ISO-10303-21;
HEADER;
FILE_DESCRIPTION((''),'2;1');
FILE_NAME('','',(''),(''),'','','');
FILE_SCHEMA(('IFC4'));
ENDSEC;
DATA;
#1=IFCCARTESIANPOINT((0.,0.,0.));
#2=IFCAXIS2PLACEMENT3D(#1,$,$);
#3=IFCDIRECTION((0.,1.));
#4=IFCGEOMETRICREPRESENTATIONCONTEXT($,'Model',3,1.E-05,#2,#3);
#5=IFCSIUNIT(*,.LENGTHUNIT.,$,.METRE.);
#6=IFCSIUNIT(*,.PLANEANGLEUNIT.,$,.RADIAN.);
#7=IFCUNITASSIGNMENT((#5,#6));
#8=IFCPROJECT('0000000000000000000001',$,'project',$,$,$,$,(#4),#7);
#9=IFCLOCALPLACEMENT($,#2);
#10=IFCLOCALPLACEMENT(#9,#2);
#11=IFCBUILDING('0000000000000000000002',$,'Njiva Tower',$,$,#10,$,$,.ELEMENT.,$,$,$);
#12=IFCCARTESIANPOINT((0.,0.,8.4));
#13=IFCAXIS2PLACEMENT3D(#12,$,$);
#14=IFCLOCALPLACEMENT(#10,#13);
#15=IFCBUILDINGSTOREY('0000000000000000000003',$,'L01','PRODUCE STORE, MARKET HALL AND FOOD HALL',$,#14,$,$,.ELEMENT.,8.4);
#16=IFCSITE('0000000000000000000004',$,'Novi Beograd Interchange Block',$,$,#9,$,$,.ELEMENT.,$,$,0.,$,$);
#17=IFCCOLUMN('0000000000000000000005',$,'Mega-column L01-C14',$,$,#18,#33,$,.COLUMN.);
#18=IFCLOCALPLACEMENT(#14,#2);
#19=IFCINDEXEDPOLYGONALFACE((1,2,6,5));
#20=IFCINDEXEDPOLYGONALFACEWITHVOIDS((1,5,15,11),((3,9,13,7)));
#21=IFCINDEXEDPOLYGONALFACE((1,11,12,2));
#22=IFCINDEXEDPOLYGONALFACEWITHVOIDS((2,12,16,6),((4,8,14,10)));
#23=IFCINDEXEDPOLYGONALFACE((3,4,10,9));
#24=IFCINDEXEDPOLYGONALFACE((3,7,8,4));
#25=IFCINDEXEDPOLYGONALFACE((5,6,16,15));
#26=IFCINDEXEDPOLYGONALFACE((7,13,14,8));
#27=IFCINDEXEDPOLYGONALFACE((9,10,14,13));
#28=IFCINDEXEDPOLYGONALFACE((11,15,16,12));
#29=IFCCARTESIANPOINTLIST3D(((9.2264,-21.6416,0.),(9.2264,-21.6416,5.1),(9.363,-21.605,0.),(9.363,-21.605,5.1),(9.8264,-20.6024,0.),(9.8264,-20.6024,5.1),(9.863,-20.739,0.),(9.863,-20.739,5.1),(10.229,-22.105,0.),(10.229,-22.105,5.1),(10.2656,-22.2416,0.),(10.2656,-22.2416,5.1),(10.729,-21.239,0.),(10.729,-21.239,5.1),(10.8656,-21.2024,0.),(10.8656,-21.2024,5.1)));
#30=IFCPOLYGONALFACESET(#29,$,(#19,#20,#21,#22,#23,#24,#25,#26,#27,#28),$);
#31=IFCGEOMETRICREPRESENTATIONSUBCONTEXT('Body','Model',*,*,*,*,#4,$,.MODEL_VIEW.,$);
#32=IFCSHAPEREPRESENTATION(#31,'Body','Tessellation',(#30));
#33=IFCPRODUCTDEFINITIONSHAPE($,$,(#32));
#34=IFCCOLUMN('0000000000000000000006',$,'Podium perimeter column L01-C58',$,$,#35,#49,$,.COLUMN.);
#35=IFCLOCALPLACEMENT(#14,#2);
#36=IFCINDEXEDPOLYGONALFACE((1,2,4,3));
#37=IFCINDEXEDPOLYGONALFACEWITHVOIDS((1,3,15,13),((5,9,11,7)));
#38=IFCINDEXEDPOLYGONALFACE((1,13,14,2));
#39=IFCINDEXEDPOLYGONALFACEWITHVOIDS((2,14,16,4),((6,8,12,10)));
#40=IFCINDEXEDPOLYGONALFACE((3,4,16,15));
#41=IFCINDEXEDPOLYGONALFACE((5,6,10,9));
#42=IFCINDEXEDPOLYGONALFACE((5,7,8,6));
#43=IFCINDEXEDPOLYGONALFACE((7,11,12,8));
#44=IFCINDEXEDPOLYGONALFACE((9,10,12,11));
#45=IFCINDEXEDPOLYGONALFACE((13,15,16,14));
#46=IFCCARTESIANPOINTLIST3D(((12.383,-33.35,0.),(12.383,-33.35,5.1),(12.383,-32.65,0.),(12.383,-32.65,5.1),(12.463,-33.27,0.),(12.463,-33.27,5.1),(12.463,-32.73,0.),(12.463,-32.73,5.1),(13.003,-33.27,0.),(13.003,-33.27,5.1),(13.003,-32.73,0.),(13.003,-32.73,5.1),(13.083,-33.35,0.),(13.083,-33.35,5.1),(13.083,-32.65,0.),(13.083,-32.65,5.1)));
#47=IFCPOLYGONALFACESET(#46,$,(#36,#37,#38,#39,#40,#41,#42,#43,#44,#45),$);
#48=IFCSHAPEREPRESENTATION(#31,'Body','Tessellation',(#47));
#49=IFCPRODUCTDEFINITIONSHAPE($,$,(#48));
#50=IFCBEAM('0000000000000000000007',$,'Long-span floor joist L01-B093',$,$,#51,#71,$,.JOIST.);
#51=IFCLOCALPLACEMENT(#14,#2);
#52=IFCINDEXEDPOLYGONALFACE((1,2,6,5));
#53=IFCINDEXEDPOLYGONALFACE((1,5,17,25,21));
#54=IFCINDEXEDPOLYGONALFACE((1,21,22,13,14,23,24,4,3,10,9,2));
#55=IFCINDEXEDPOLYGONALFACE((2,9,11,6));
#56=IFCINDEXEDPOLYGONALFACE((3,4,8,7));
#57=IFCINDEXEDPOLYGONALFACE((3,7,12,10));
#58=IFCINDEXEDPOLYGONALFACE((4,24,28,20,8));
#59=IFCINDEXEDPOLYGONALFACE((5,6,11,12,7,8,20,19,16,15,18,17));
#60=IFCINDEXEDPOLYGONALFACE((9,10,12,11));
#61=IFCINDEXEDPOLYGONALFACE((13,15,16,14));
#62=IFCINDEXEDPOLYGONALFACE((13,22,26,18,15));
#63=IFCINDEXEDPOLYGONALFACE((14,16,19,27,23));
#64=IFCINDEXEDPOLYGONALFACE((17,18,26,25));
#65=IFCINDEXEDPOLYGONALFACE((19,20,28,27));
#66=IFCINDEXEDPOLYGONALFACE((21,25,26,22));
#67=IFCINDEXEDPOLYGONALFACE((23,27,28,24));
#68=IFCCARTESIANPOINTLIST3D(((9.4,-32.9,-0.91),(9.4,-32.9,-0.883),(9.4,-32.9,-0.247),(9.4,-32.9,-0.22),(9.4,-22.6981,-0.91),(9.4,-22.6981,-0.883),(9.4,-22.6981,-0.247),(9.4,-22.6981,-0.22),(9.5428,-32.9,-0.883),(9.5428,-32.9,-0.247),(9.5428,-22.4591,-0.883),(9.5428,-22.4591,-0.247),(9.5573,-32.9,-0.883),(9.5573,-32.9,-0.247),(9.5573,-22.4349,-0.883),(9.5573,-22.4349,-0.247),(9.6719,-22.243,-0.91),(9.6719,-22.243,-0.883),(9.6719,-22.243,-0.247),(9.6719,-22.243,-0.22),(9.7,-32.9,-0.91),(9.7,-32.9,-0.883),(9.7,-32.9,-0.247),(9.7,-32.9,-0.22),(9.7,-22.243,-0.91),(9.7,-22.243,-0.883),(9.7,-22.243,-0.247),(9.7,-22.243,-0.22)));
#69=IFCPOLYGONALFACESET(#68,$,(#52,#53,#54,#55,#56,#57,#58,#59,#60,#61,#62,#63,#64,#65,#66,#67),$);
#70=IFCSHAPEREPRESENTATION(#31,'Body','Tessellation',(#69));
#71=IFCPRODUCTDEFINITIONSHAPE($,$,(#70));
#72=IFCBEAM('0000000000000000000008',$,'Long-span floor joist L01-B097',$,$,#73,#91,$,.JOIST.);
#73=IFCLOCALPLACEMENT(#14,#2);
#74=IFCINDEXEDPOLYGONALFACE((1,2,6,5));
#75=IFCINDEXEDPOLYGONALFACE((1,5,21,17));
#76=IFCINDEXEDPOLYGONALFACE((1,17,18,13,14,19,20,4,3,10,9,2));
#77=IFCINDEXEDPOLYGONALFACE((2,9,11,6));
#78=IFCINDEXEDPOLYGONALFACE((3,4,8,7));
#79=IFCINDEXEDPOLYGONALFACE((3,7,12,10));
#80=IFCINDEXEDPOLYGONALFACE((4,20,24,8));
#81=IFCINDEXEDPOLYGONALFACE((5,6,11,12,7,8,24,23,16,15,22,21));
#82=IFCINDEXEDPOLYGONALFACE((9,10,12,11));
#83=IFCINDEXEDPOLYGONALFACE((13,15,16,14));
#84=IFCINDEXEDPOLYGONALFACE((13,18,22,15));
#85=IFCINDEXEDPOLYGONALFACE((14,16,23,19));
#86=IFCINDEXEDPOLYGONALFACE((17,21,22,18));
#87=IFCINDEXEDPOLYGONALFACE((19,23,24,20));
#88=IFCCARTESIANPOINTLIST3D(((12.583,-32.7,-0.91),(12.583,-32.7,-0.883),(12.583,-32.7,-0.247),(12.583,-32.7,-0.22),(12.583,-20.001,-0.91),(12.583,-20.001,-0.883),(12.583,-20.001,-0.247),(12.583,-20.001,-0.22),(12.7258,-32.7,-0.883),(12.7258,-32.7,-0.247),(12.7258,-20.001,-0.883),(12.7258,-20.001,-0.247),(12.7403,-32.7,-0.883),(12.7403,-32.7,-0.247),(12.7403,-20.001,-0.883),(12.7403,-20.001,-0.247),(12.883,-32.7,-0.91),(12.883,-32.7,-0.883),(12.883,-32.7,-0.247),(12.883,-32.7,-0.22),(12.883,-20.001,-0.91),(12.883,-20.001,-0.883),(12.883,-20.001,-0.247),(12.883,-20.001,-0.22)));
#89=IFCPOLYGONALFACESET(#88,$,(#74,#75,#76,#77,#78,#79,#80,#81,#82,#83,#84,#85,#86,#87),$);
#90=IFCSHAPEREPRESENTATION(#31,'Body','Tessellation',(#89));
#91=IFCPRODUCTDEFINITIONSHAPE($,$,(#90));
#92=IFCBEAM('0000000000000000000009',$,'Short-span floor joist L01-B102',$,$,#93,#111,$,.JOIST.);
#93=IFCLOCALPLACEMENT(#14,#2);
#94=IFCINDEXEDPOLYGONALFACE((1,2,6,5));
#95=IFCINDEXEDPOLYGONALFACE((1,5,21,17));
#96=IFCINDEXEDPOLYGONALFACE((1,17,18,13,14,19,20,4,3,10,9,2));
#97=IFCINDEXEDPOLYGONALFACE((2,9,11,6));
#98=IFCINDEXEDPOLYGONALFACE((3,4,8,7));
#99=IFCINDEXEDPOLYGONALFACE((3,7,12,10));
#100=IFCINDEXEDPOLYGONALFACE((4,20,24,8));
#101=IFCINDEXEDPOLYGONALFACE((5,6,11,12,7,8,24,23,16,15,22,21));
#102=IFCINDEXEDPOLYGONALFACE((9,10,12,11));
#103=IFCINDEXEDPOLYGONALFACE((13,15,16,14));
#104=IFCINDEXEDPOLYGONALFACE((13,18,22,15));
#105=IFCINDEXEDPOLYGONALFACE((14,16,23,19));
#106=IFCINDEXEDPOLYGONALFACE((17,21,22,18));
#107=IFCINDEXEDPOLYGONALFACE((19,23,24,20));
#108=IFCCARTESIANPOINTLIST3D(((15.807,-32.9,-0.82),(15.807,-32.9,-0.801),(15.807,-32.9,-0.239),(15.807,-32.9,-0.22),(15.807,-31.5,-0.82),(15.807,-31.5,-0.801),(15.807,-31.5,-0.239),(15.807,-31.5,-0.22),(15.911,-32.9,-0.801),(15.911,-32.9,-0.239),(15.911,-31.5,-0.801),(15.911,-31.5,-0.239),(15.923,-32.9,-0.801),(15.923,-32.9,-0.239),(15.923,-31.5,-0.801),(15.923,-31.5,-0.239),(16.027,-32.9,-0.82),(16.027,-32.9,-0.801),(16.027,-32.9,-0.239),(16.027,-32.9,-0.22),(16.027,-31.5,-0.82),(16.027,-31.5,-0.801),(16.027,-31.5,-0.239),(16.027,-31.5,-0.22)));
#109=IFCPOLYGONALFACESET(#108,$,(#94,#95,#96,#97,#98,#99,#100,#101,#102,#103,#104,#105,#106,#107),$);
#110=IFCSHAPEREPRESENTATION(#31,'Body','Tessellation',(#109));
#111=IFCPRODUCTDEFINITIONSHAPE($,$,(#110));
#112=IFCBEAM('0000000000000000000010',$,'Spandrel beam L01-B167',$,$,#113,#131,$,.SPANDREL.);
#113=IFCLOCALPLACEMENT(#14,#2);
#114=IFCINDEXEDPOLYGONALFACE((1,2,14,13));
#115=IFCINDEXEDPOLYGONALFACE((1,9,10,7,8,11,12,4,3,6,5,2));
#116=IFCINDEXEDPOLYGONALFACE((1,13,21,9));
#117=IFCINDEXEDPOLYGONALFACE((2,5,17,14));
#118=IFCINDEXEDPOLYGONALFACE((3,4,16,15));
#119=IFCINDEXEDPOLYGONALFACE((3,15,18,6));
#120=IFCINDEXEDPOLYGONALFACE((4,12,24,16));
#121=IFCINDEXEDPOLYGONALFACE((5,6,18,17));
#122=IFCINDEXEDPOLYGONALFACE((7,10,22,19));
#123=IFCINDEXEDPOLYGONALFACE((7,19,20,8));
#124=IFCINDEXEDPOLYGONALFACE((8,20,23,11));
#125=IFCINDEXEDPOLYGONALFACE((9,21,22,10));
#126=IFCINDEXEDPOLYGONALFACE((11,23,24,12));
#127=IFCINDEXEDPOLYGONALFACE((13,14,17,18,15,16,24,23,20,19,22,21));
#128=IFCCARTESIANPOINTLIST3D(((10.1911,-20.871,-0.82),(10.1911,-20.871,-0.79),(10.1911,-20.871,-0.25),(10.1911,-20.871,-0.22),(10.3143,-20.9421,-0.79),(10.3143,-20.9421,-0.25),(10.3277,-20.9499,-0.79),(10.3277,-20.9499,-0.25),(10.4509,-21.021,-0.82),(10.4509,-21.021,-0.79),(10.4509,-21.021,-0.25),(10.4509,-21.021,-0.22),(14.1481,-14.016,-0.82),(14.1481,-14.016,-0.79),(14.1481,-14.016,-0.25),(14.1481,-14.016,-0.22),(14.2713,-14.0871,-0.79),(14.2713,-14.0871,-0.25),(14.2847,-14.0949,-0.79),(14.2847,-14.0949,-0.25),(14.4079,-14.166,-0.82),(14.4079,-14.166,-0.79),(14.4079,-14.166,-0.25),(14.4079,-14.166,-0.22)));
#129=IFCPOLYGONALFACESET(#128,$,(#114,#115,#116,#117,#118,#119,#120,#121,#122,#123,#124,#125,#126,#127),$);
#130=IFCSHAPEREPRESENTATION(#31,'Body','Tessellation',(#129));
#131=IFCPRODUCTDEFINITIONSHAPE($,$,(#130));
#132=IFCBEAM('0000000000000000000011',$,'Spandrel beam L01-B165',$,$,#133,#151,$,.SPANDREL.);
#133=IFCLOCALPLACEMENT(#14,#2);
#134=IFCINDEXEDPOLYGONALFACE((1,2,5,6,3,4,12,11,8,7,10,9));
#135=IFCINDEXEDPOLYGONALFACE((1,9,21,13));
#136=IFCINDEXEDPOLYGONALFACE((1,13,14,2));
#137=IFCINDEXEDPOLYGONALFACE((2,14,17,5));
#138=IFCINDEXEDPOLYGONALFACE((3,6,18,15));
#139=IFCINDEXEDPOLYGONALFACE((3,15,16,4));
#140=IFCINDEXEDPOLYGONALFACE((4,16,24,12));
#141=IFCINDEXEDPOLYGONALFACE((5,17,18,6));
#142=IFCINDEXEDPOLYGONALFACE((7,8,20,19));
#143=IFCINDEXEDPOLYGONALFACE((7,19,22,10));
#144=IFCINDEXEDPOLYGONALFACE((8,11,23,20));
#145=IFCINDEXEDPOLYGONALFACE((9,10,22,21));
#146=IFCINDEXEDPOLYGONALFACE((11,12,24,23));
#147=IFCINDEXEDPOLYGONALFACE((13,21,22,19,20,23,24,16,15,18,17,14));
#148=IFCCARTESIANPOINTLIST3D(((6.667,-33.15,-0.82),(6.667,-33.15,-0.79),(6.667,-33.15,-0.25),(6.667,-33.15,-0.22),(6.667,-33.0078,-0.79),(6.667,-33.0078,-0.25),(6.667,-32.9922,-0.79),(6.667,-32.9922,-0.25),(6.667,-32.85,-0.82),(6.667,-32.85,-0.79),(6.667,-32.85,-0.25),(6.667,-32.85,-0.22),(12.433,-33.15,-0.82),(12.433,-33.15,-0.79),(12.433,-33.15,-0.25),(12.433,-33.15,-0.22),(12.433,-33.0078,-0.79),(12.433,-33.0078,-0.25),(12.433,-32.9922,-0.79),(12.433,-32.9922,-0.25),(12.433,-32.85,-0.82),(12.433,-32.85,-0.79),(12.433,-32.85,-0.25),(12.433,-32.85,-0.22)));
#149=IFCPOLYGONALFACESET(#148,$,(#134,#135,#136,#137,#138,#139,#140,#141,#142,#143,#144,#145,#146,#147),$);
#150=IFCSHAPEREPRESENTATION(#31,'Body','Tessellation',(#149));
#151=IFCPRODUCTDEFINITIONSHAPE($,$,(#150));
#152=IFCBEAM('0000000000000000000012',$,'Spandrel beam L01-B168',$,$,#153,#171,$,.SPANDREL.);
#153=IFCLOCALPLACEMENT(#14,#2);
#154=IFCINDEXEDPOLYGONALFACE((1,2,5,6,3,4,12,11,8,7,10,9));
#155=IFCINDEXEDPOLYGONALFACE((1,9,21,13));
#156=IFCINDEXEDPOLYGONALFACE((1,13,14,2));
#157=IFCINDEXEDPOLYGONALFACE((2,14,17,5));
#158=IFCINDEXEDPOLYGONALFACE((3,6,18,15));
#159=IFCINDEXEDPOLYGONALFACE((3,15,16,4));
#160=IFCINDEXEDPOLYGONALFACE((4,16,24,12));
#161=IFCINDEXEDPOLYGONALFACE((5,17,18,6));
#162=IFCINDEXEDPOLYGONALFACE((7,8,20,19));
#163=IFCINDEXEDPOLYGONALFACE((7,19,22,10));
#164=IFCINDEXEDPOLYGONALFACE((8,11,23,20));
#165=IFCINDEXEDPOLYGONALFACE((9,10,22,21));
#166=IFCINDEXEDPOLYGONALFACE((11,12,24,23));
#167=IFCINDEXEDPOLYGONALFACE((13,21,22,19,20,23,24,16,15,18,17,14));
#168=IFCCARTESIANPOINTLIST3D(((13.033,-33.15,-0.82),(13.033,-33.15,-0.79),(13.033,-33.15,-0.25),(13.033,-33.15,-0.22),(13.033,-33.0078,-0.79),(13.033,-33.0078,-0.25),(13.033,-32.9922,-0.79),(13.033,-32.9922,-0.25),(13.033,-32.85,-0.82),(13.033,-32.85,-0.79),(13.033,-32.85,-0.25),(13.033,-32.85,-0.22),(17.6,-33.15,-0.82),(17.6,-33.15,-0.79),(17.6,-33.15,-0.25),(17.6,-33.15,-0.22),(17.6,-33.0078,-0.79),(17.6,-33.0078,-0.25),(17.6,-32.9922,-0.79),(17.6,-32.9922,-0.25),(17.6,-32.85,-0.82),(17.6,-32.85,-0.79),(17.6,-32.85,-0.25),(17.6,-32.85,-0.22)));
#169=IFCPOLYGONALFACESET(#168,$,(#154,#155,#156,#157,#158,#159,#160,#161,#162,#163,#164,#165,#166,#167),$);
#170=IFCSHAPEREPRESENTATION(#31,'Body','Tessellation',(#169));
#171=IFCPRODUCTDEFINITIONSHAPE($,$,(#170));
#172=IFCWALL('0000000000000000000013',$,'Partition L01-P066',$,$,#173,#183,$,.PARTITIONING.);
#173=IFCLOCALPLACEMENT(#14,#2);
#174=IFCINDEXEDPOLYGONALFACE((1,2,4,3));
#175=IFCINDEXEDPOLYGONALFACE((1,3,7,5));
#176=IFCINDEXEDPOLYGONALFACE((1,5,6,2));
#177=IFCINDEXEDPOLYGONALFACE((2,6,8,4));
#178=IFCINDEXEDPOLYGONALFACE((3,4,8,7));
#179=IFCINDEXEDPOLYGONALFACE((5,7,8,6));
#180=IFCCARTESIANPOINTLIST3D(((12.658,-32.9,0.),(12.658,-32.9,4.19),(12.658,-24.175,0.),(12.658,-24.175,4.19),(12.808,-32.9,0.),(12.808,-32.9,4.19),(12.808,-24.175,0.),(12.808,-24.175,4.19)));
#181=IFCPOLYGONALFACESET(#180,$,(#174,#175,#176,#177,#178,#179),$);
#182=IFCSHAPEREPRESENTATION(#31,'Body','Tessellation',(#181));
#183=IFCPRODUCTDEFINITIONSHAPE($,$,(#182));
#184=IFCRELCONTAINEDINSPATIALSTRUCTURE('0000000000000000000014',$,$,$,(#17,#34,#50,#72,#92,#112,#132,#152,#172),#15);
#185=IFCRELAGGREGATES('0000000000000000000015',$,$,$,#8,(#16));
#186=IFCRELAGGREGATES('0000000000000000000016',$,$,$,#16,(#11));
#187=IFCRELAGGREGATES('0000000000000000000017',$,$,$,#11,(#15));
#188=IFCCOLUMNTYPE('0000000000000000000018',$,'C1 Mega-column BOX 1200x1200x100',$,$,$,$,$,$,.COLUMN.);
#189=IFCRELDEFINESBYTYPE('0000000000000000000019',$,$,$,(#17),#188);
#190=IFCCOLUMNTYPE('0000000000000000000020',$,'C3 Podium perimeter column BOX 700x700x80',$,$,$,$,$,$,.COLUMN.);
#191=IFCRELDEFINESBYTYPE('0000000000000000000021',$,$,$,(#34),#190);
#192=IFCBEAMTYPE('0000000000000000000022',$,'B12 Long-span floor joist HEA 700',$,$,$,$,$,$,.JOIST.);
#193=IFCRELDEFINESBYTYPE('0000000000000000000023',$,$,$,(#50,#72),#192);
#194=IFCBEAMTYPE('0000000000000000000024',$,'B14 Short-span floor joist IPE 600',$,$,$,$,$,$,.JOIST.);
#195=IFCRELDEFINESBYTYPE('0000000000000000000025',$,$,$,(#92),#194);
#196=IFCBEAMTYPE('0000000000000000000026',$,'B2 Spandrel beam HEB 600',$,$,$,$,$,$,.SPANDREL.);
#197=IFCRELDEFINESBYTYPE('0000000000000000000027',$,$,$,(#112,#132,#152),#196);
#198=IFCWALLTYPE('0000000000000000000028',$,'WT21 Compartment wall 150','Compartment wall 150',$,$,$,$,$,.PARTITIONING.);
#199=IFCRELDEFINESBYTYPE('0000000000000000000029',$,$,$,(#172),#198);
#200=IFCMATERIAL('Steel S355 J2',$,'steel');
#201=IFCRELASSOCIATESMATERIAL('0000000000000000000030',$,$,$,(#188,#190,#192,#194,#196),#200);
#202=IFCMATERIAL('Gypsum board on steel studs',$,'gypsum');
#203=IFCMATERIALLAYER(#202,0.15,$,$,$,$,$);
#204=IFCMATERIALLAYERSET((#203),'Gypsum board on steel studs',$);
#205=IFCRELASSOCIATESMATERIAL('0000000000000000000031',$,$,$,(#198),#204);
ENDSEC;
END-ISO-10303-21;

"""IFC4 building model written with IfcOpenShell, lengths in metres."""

from ifc_helpers import new_model, si_unit, direction, frame, frame_2d, origin, origin_2d, place, context, subcontext, project, spatial, rectangle, hollow_rectangle, i_section, extrude, clip, halfspace, material, layer, layer_set, material_profile, profile_set, type_object, element, save


model = new_model("IFC4")

# Units and contexts
model_context = context("Model", 3, precision=1e-05, world=origin(), true_north=direction((0.0, 1.0)))
body_context = subcontext(model_context, "Body", "Model", "MODEL_VIEW")
ifc_project = project(units=[si_unit("LENGTHUNIT", "METRE"), si_unit("PLANEANGLEUNIT", "RADIAN")], contexts=[model_context])

# Site, building, storey
site_placement = place(None, origin())
site = spatial("IfcSite", under=ifc_project, at=site_placement, Name="Novi Beograd Interchange Block", CompositionType="ELEMENT", RefElevation=0.0)
building_placement = place(site_placement, origin())
building = spatial("IfcBuilding", under=site, at=building_placement, Name="Njiva Tower", CompositionType="ELEMENT")
storey_placement = place(building_placement, frame((0.0, 0.0, 8.4)))
storey = spatial("IfcBuildingStorey", under=building, at=storey_placement, Name="L01", Description="PRODUCE STORE, MARKET HALL AND FOOD HALL", CompositionType="ELEMENT", Elevation=8.4)

# Columns
ifc_material_1 = material(Name="Steel S355 J2", Category="steel")
ifc_material_profile_1 = material_profile(ifc_material_1, hollow_rectangle(XDim=1.2, YDim=1.2, WallThickness=0.1, at=origin_2d()), Name="BOX 1200x1200x100")
ifc_profile_set_1 = profile_set([ifc_material_profile_1], Name="Steel S355 J2")
column_type_1 = type_object("IfcColumnType", Name="C1 Mega-column BOX 1200x1200x100", PredefinedType="COLUMN", material=ifc_profile_set_1)
column_1_placement = place(storey_placement, frame((10.046, -21.422, 0.0), z_axis=(0.0, 0.0, 1.0), x_axis=(0.5, 0.866025, 0.0)))
element("IfcColumn", 1, at=column_1_placement, inside=storey, type_object=column_type_1, Name="Mega-column L01-C14", PredefinedType="COLUMN", context=body_context, shape_type="SweptSolid", body=[
    extrude(hollow_rectangle(XDim=1.2, YDim=1.2, WallThickness=0.1, at=origin_2d()), origin(), (0.0, 0.0, 1.0), 5.1),
])
ifc_material_profile_2 = material_profile(ifc_material_1, hollow_rectangle(XDim=0.7, YDim=0.7, WallThickness=0.08, at=origin_2d()), Name="BOX 700x700x80")
ifc_profile_set_2 = profile_set([ifc_material_profile_2], Name="Steel S355 J2")
column_type_2 = type_object("IfcColumnType", Name="C3 Podium perimeter column BOX 700x700x80", PredefinedType="COLUMN", material=ifc_profile_set_2)
column_2_placement = place(storey_placement, frame((12.733, -33.0, 0.0), z_axis=(0.0, 0.0, 1.0), x_axis=(1.0, 0.0, 0.0)))
element("IfcColumn", 2, at=column_2_placement, inside=storey, type_object=column_type_2, Name="Podium perimeter column L01-C58", PredefinedType="COLUMN", context=body_context, shape_type="SweptSolid", body=[
    extrude(hollow_rectangle(XDim=0.7, YDim=0.7, WallThickness=0.08, at=origin_2d()), origin(), (0.0, 0.0, 1.0), 5.1),
])

# Beams
ifc_material_profile_3 = material_profile(ifc_material_1, i_section(OverallWidth=0.3, OverallDepth=0.69, WebThickness=0.0145, FlangeThickness=0.027, at=origin_2d()), Name="HEA 700")
ifc_profile_set_3 = profile_set([ifc_material_profile_3], Name="Steel S355 J2")
beam_type_1 = type_object("IfcBeamType", Name="B12 Long-span floor joist HEA 700", PredefinedType="JOIST", material=ifc_profile_set_3)
beam_1_placement = place(storey_placement, frame((9.55, -22.243, -0.565), z_axis=(0.0, -1.0, 0.0), x_axis=(1.0, 0.0, 0.0)))
element("IfcBeam", 3, at=beam_1_placement, inside=storey, type_object=beam_type_1, Name="Long-span floor joist L01-B093", PredefinedType="JOIST", context=body_context, shape_type="Clipping", body=[
    clip(extrude(i_section(OverallWidth=0.3, OverallDepth=0.69, WebThickness=0.0145, FlangeThickness=0.027, at=origin_2d()), origin(), (0.0, 0.0, 1.0), 10.657), halfspace(frame((-0.0429, 0.0, 0.2758), z_axis=(-0.858483, 0.0, -0.512842), x_axis=(0.0, -1.0, 0.0)), False)),
])
beam_2_placement = place(storey_placement, frame((12.733, -20.001, -0.565), z_axis=(0.0, -1.0, 0.0), x_axis=(1.0, 0.0, 0.0)))
element("IfcBeam", 4, at=beam_2_placement, inside=storey, type_object=beam_type_1, Name="Long-span floor joist L01-B097", PredefinedType="JOIST", context=body_context, shape_type="SweptSolid", body=[
    extrude(i_section(OverallWidth=0.3, OverallDepth=0.69, WebThickness=0.0145, FlangeThickness=0.027, at=origin_2d()), origin(), (0.0, 0.0, 1.0), 12.699),
])
ifc_material_profile_4 = material_profile(ifc_material_1, i_section(OverallWidth=0.22, OverallDepth=0.6, WebThickness=0.012, FlangeThickness=0.019, at=origin_2d()), Name="IPE 600")
ifc_profile_set_4 = profile_set([ifc_material_profile_4], Name="Steel S355 J2")
beam_type_2 = type_object("IfcBeamType", Name="B14 Short-span floor joist IPE 600", PredefinedType="JOIST", material=ifc_profile_set_4)
beam_3_placement = place(storey_placement, frame((15.917, -31.5, -0.52), z_axis=(0.0, -1.0, 0.0), x_axis=(1.0, 0.0, 0.0)))
element("IfcBeam", 5, at=beam_3_placement, inside=storey, type_object=beam_type_2, Name="Short-span floor joist L01-B102", PredefinedType="JOIST", context=body_context, shape_type="SweptSolid", body=[
    extrude(i_section(OverallWidth=0.22, OverallDepth=0.6, WebThickness=0.012, FlangeThickness=0.019, at=origin_2d()), origin(), (0.0, 0.0, 1.0), 1.4),
])
ifc_material_profile_5 = material_profile(ifc_material_1, i_section(OverallWidth=0.3, OverallDepth=0.6, WebThickness=0.0155, FlangeThickness=0.03, at=origin_2d()), Name="HEB 600")
ifc_profile_set_5 = profile_set([ifc_material_profile_5], Name="Steel S355 J2")
beam_type_3 = type_object("IfcBeamType", Name="B2 Spandrel beam HEB 600", PredefinedType="SPANDREL", material=ifc_profile_set_5)
beam_4_placement = place(storey_placement, frame((10.321, -20.946, -0.52), z_axis=(0.49993, 0.866066, 0.0), x_axis=(-0.866066, 0.49993, 0.0)))
element("IfcBeam", 6, at=beam_4_placement, inside=storey, type_object=beam_type_3, Name="Spandrel beam L01-B167", PredefinedType="SPANDREL", context=body_context, shape_type="SweptSolid", body=[
    extrude(i_section(OverallWidth=0.3, OverallDepth=0.6, WebThickness=0.0155, FlangeThickness=0.03, at=origin_2d()), origin(), (0.0, 0.0, 1.0), 7.9151),
])
beam_5_placement = place(storey_placement, frame((6.667, -33.0, -0.52), z_axis=(1.0, 0.0, 0.0), x_axis=(0.0, 1.0, 0.0)))
element("IfcBeam", 7, at=beam_5_placement, inside=storey, type_object=beam_type_3, Name="Spandrel beam L01-B165", PredefinedType="SPANDREL", context=body_context, shape_type="SweptSolid", body=[
    extrude(i_section(OverallWidth=0.3, OverallDepth=0.6, WebThickness=0.0155, FlangeThickness=0.03, at=origin_2d()), origin(), (0.0, 0.0, 1.0), 5.766),
])
beam_6_placement = place(storey_placement, frame((13.033, -33.0, -0.52), z_axis=(1.0, 0.0, 0.0), x_axis=(0.0, 1.0, 0.0)))
element("IfcBeam", 8, at=beam_6_placement, inside=storey, type_object=beam_type_3, Name="Spandrel beam L01-B168", PredefinedType="SPANDREL", context=body_context, shape_type="SweptSolid", body=[
    extrude(i_section(OverallWidth=0.3, OverallDepth=0.6, WebThickness=0.0155, FlangeThickness=0.03, at=origin_2d()), origin(), (0.0, 0.0, 1.0), 4.567),
])

# Wall
ifc_material_2 = material(Name="Gypsum board on steel studs", Category="gypsum")
ifc_layer_1 = layer(ifc_material_2, 0.15)
ifc_layer_set_1 = layer_set([ifc_layer_1], Name="Gypsum board on steel studs")
wall_type_1 = type_object("IfcWallType", Name="WT21 Compartment wall 150", Description="Compartment wall 150", PredefinedType="PARTITIONING", material=ifc_layer_set_1)
wall_1_placement = place(storey_placement, frame((12.733, -32.9, 0.0), z_axis=(0.0, 0.0, 1.0), x_axis=(0.0, 1.0, 0.0)))
element("IfcWall", 9, at=wall_1_placement, inside=storey, type_object=wall_type_1, Name="Partition L01-P066", PredefinedType="PARTITIONING", context=body_context, shape_type="SweptSolid", body=[
    extrude(rectangle(XDim=8.725, YDim=0.15, at=frame_2d((4.3625, 0.0))), origin(), (0.0, 0.0, 1.0), 4.19),
])

save(model, "model.ifc")
